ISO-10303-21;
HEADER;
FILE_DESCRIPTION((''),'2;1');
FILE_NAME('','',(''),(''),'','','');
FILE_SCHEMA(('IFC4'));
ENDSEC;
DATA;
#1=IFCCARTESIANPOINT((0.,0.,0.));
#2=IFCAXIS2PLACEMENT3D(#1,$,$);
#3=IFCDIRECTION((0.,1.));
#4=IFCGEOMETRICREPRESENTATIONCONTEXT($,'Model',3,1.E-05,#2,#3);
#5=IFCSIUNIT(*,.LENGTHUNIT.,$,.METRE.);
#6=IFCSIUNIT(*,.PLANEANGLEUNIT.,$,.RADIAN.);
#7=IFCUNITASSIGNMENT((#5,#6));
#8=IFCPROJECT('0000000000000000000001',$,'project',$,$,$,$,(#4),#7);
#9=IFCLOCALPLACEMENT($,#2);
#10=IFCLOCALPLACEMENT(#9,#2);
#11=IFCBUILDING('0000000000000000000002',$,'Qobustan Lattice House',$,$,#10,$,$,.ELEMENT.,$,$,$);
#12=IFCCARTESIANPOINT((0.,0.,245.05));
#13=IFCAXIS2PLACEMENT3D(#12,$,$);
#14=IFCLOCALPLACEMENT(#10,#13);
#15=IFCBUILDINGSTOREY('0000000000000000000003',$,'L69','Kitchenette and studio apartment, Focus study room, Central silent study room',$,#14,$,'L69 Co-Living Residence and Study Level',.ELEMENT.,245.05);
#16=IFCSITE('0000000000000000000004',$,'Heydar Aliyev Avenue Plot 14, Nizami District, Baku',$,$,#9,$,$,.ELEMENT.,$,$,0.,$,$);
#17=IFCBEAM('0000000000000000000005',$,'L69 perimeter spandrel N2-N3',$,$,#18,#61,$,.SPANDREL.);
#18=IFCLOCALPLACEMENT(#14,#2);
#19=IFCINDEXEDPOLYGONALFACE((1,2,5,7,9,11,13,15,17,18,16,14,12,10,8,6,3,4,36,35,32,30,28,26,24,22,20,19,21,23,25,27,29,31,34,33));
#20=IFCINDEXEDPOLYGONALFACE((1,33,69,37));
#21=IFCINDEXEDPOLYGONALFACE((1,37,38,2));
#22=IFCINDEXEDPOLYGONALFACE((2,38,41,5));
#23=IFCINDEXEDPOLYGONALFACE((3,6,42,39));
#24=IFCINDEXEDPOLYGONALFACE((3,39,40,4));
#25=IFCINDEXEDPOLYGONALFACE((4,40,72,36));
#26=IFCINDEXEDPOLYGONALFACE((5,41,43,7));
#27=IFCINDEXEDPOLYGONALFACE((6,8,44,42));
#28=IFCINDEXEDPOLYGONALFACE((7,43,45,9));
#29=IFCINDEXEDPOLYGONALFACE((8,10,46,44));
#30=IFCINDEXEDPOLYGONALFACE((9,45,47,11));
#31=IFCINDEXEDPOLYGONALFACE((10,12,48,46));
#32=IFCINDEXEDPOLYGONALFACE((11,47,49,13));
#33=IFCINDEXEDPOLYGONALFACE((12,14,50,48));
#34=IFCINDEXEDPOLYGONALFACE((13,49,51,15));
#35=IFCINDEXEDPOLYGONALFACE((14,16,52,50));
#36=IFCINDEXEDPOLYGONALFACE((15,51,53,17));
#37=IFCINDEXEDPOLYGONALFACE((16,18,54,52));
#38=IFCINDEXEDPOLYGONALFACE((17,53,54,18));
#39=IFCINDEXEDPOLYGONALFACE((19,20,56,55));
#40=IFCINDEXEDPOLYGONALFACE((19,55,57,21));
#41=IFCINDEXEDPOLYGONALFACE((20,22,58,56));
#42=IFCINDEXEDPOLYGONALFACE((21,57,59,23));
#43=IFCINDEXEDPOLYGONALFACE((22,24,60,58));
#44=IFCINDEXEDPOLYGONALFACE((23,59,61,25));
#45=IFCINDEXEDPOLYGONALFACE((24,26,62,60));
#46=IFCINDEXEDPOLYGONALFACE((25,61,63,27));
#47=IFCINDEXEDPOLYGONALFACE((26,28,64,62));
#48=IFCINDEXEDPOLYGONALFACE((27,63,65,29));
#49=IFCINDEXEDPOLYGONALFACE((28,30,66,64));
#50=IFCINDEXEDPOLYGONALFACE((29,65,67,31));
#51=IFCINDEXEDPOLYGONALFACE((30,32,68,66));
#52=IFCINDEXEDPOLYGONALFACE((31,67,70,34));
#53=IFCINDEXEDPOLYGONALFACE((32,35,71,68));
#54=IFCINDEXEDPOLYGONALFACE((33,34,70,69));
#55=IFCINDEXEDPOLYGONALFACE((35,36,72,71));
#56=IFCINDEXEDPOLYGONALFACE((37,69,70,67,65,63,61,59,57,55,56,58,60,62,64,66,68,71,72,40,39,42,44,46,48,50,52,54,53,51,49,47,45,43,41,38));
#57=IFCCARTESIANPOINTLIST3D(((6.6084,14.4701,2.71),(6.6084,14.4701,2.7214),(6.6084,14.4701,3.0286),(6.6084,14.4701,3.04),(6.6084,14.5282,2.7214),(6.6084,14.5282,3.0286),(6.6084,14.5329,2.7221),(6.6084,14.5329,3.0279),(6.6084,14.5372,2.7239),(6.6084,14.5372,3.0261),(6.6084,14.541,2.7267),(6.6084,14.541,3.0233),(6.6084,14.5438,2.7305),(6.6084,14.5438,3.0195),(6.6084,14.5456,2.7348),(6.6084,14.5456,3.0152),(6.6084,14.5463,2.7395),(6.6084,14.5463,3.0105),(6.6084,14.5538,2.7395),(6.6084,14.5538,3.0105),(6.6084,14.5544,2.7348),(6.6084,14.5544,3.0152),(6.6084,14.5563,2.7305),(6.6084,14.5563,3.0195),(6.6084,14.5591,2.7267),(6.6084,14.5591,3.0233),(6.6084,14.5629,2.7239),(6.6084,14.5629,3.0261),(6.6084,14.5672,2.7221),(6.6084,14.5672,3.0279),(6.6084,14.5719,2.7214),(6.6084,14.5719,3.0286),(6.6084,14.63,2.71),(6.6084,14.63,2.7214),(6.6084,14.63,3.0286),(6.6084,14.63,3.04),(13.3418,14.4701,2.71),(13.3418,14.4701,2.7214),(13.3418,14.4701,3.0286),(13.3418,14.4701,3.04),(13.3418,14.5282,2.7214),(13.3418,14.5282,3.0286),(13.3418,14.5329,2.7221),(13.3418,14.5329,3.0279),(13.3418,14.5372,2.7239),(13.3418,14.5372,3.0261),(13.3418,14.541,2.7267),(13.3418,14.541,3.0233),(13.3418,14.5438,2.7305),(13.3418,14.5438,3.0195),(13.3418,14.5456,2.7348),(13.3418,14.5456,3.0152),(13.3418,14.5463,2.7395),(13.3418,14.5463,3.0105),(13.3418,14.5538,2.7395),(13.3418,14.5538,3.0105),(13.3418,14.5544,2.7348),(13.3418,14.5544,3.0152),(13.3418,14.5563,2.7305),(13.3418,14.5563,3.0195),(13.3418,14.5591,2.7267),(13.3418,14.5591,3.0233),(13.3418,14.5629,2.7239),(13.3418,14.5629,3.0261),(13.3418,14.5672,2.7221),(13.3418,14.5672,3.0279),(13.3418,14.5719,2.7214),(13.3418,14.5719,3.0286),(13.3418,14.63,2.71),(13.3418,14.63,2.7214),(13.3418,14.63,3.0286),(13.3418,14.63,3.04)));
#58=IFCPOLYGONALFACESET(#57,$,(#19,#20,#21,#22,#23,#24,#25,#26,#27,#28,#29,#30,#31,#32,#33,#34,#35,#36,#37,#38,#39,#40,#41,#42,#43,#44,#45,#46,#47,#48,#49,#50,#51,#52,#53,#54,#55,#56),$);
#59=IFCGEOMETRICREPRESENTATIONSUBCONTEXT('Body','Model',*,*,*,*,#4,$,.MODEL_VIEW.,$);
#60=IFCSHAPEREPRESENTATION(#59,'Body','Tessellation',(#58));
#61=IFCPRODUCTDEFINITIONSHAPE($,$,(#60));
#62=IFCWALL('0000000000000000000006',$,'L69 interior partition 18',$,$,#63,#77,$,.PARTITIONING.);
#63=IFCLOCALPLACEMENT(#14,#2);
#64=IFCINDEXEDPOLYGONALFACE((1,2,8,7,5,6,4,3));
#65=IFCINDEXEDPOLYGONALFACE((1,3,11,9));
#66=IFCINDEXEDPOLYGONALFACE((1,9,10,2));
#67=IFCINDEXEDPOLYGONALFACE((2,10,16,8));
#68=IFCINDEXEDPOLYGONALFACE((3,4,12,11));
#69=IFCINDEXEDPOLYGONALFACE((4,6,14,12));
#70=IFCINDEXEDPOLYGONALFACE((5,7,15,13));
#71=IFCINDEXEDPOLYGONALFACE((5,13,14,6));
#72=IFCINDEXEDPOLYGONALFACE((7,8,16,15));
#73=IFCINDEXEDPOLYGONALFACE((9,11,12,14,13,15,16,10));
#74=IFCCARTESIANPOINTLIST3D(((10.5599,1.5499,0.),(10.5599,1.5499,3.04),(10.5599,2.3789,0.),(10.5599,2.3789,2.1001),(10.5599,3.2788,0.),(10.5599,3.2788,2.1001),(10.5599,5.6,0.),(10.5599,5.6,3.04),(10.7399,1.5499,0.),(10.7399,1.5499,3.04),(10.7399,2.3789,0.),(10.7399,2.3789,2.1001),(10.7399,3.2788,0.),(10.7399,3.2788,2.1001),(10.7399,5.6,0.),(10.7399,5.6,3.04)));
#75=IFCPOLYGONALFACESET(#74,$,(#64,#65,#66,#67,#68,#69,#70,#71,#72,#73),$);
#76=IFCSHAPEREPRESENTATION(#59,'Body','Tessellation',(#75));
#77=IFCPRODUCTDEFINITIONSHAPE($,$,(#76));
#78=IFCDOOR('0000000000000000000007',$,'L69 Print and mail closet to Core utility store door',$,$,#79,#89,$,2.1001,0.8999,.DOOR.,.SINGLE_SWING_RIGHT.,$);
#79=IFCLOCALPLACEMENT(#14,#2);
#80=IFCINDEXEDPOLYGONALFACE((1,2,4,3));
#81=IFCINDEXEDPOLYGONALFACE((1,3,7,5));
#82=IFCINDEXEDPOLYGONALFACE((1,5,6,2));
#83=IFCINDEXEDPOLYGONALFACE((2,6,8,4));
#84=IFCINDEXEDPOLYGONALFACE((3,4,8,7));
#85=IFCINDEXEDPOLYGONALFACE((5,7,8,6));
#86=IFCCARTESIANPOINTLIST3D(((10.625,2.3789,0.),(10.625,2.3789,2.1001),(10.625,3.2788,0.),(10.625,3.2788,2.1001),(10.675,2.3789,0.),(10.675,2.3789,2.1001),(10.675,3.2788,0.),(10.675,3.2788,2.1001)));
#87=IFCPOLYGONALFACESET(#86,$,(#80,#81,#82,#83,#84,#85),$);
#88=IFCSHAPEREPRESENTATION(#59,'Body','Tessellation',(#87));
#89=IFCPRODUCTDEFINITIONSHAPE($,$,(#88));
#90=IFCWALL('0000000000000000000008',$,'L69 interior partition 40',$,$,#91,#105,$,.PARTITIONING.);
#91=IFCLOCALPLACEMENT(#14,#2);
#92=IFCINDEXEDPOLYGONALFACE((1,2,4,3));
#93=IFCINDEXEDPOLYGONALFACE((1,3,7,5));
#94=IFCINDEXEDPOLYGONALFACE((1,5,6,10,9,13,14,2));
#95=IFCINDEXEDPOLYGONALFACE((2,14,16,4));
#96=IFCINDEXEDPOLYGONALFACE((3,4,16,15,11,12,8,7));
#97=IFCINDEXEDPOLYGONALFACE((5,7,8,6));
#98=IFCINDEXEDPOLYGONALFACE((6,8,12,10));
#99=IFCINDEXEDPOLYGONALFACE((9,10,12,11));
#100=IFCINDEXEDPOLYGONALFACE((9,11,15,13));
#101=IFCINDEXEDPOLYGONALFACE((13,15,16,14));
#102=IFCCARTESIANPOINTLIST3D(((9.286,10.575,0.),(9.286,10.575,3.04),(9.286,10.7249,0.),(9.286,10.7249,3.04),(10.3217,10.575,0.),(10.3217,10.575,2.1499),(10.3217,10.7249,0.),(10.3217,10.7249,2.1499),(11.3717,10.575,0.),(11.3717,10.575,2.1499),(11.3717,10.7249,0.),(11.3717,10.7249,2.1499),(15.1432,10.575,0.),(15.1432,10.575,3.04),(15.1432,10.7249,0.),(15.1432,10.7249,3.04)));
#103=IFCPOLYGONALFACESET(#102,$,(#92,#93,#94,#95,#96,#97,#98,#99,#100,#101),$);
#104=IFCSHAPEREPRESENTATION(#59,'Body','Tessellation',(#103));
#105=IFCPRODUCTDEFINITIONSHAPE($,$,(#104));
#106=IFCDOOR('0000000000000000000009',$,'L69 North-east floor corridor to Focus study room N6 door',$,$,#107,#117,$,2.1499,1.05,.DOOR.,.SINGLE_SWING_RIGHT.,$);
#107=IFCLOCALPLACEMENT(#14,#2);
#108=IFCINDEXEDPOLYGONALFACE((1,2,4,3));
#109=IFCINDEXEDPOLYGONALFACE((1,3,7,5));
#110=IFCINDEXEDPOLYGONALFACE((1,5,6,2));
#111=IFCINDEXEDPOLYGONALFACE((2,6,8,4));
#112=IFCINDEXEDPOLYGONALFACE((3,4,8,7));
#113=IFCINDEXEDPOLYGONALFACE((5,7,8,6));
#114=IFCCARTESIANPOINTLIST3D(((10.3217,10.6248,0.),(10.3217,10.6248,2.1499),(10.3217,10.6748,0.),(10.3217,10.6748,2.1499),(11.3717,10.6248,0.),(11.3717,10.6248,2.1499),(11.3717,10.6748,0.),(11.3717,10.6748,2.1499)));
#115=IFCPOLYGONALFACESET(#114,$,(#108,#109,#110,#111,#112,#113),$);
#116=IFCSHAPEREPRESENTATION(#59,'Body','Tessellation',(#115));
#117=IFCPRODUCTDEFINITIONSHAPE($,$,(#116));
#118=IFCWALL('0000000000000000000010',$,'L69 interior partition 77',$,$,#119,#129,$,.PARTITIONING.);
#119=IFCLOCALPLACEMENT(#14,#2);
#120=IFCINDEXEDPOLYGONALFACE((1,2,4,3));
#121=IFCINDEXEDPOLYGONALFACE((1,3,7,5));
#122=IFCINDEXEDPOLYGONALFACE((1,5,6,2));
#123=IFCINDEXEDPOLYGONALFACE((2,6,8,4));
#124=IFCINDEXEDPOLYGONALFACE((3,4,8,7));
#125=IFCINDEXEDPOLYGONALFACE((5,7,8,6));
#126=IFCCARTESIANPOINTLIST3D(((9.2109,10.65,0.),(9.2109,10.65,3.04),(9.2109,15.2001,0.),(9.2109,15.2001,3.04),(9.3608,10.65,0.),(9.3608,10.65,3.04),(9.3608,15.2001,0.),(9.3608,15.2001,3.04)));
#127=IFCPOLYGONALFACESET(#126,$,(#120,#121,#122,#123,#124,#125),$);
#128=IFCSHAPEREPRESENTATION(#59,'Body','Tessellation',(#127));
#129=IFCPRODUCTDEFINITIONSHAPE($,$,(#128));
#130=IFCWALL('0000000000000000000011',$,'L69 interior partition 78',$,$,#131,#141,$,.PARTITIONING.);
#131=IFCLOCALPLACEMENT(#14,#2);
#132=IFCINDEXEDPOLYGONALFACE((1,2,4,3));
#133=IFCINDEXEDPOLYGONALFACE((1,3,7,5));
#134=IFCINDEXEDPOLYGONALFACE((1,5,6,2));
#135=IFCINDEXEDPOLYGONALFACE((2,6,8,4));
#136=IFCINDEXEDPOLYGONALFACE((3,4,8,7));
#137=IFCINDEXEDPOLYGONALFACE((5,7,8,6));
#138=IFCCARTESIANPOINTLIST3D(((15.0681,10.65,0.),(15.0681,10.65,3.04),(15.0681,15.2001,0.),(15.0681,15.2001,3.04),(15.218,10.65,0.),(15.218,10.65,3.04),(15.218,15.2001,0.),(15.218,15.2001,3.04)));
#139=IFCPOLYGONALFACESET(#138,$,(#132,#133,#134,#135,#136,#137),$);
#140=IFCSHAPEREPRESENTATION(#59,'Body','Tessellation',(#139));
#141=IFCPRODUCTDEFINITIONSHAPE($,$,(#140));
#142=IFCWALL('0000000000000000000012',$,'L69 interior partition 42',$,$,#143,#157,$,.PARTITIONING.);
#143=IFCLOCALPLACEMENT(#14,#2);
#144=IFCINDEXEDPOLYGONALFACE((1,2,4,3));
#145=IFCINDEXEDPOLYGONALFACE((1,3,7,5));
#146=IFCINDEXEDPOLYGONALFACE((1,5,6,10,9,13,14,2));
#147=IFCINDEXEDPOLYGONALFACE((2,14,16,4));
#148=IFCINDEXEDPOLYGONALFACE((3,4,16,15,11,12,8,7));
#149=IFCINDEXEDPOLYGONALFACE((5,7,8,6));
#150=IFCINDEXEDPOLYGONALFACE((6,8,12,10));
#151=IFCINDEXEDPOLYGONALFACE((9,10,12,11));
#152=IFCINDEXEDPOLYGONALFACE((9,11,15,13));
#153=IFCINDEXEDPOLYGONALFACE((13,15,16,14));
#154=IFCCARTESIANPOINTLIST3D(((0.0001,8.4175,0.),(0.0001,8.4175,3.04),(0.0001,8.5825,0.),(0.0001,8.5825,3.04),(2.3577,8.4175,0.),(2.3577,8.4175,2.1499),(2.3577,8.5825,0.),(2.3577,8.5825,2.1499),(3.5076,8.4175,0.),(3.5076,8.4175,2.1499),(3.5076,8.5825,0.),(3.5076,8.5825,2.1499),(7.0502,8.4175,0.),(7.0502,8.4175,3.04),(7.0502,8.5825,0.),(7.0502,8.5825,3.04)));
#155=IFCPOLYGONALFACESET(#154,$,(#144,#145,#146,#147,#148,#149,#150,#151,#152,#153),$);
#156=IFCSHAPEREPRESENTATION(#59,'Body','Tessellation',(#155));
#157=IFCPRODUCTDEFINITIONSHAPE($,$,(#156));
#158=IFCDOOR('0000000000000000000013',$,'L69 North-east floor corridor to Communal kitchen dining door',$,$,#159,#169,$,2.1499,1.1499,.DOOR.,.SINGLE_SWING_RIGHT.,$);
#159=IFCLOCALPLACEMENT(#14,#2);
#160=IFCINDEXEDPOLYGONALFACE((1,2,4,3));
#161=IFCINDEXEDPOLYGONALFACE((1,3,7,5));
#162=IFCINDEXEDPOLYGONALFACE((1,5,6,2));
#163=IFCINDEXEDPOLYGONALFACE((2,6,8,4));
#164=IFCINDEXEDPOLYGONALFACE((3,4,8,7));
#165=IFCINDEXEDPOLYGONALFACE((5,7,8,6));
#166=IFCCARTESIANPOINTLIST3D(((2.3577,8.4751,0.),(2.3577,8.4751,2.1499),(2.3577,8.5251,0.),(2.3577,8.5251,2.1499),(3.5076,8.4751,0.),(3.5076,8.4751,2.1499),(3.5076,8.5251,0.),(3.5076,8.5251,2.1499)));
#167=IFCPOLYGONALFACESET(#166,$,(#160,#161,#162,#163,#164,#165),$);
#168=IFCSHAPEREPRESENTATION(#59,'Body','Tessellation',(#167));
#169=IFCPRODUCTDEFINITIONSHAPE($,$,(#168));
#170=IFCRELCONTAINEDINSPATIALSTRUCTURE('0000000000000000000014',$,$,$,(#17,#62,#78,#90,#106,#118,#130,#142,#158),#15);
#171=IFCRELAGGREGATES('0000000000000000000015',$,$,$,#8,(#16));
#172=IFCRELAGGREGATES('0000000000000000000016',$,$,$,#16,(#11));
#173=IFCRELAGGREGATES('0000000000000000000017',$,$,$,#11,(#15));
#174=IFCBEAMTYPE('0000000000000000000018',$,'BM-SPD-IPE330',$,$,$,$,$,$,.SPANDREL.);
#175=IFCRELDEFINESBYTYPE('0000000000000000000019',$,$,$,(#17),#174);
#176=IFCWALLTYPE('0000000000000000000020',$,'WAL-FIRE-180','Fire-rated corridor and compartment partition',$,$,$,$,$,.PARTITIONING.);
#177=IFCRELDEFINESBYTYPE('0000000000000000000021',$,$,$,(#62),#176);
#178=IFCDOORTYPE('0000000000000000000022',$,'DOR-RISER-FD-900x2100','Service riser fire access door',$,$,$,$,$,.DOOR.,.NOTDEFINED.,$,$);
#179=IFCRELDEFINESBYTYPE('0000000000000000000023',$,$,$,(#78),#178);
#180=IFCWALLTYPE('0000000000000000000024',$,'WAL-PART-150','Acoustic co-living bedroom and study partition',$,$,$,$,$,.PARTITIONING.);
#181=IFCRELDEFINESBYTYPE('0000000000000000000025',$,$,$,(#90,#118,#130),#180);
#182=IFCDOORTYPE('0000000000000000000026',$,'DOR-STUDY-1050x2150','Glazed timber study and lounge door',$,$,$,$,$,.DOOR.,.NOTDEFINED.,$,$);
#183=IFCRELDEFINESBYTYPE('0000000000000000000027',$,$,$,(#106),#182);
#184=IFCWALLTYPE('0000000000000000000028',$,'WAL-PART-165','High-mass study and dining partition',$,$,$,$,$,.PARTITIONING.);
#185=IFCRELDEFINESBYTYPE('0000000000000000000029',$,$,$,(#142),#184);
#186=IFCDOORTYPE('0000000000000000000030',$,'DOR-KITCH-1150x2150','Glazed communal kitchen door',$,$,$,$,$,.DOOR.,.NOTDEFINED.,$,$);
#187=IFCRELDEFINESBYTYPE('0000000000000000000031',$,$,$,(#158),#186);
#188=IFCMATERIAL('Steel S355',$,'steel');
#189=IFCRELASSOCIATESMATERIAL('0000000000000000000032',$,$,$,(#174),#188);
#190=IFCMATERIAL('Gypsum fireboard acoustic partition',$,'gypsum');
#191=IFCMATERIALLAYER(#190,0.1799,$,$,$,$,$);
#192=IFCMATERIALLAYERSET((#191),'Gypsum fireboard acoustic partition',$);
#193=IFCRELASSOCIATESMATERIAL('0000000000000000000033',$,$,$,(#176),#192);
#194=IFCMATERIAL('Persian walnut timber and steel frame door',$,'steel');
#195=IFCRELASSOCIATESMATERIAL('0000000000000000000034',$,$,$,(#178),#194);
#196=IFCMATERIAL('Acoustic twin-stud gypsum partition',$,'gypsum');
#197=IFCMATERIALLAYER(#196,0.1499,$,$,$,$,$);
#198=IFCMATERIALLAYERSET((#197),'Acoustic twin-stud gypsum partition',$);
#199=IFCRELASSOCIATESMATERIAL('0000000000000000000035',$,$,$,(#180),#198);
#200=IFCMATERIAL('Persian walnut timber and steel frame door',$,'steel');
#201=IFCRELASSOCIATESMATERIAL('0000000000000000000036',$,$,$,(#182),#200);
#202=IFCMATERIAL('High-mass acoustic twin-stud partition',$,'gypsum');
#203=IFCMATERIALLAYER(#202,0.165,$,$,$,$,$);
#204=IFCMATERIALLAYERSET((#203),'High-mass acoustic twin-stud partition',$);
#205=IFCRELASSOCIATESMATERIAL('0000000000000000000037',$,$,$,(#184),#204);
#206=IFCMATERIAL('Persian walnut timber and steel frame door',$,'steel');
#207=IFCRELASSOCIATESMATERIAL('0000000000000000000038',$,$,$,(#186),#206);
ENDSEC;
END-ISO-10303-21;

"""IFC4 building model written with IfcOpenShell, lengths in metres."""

from ifc_helpers import new_model, si_unit, direction, frame, frame_2d, origin, origin_2d, place, context, subcontext, project, spatial, rectangle, i_section, extrude, material, layer, layer_set, material_profile, profile_set, type_object, element, fill, save


model = new_model("IFC4")

# Units and contexts
model_context = context("Model", 3, precision=1e-05, world=origin(), true_north=direction((0.0, 1.0)))
body_context = subcontext(model_context, "Body", "Model", "MODEL_VIEW")
ifc_project = project(units=[si_unit("LENGTHUNIT", "METRE"), si_unit("PLANEANGLEUNIT", "RADIAN")], contexts=[model_context])

# Site, building, storey
site_placement = place(None, origin())
site = spatial("IfcSite", under=ifc_project, at=site_placement, Name="Heydar Aliyev Avenue Plot 14, Nizami District, Baku", CompositionType="ELEMENT", RefElevation=0.0)
building_placement = place(site_placement, origin())
building = spatial("IfcBuilding", under=site, at=building_placement, Name="Qobustan Lattice House", CompositionType="ELEMENT")
storey_placement = place(building_placement, frame((0.0, 0.0, 245.05)))
storey = spatial("IfcBuildingStorey", under=building, at=storey_placement, Name="L69", Description="Kitchenette and studio apartment, Focus study room, Central silent study room", LongName="L69 Co-Living Residence and Study Level", CompositionType="ELEMENT", Elevation=245.05)

# Beam
ifc_material_1 = material(Name="Steel S355", Category="steel")
ifc_material_profile_1 = material_profile(ifc_material_1, i_section(OverallWidth=0.1599, OverallDepth=0.3301, WebThickness=0.0076, FlangeThickness=0.0115, FilletRadius=0.0181, at=origin_2d()), Name="IPE330")
ifc_profile_set_1 = profile_set([ifc_material_profile_1], Name="Steel S355")
beam_type_1 = type_object("IfcBeamType", Name="BM-SPD-IPE330", PredefinedType="SPANDREL", material=ifc_profile_set_1)
beam_1_placement = place(storey_placement, frame((13.3418, 14.55, 2.875), z_axis=(-1.0, 0.0, 0.0), x_axis=(0.0, -1.0, 0.0)))
element("IfcBeam", 1, at=beam_1_placement, inside=storey, type_object=beam_type_1, Name="L69 perimeter spandrel N2-N3", PredefinedType="SPANDREL", context=body_context, shape_type="SweptSolid", body=[
    extrude(i_section(OverallWidth=0.1599, OverallDepth=0.3301, WebThickness=0.0076, FlangeThickness=0.0115, FilletRadius=0.0181, at=origin_2d()), origin(), (0.0, 0.0, 1.0), 6.7334),
])

# Walls, openings, doors
ifc_material_2 = material(Name="Gypsum fireboard acoustic partition", Category="gypsum")
ifc_layer_1 = layer(ifc_material_2, 0.1799)
ifc_layer_set_1 = layer_set([ifc_layer_1], Name="Gypsum fireboard acoustic partition")
wall_type_1 = type_object("IfcWallType", Name="WAL-FIRE-180", Description="Fire-rated corridor and compartment partition", PredefinedType="PARTITIONING", material=ifc_layer_set_1)
wall_1_placement = place(storey_placement, frame((10.6499, 1.55, 0.0), z_axis=(0.0, 0.0, 1.0), x_axis=(0.0, 1.0, 0.0)))
wall_1 = element("IfcWall", 2, at=wall_1_placement, inside=storey, type_object=wall_type_1, Name="L69 interior partition 18", PredefinedType="PARTITIONING", context=body_context, shape_type="SweptSolid", body=[
    extrude(rectangle(XDim=4.05, YDim=0.1799, at=frame_2d((2.0249, 0.0))), origin(), (0.0, 0.0, 1.0), 3.04),
])
opening_1_placement = place(wall_1_placement, frame((0.8289, 0.0, 0.0)))
opening_1 = element("IfcOpeningElement", 3, at=opening_1_placement, cuts=wall_1, PredefinedType="OPENING", context=body_context, shape_type="SweptSolid", body=[
    extrude(rectangle(XDim=0.8999, YDim=2.1001, at=frame_2d((0.45, 1.05))), frame((0.0, 0.0999, 0.0), z_axis=(0.0, -1.0, 0.0), x_axis=(1.0, 0.0, 0.0)), (0.0, 0.0, 1.0), 0.2),
])
ifc_material_3 = material(Name="Persian walnut timber and steel frame door", Category="steel")
door_type_1 = type_object("IfcDoorType", Name="DOR-RISER-FD-900x2100", Description="Service riser fire access door", OperationType="NOTDEFINED", PredefinedType="DOOR", material=ifc_material_3)
door_1_placement = place(opening_1_placement, origin())
door_1 = element("IfcDoor", 4, at=door_1_placement, inside=storey, type_object=door_type_1, Name="L69 Print and mail closet to Core utility store door", OperationType="SINGLE_SWING_RIGHT", OverallHeight=2.1001, OverallWidth=0.8999, PredefinedType="DOOR", context=body_context, shape_type="SweptSolid", body=[
    extrude(rectangle(XDim=0.8999, YDim=2.1001, at=frame_2d((0.45, 1.05))), frame((0.0, 0.0249, 0.0), z_axis=(0.0, -1.0, 0.0), x_axis=(1.0, 0.0, 0.0)), (0.0, 0.0, 1.0), 0.05),
])
fill(opening_1, door_1)
ifc_material_4 = material(Name="Acoustic twin-stud gypsum partition", Category="gypsum")
ifc_layer_2 = layer(ifc_material_4, 0.1499)
ifc_layer_set_2 = layer_set([ifc_layer_2], Name="Acoustic twin-stud gypsum partition")
wall_type_2 = type_object("IfcWallType", Name="WAL-PART-150", Description="Acoustic co-living bedroom and study partition", PredefinedType="PARTITIONING", material=ifc_layer_set_2)
wall_2_placement = place(storey_placement, frame((9.2859, 10.6499, 0.0), z_axis=(0.0, 0.0, 1.0), x_axis=(1.0, 0.0, 0.0)))
wall_2 = element("IfcWall", 5, at=wall_2_placement, inside=storey, type_object=wall_type_2, Name="L69 interior partition 40", PredefinedType="PARTITIONING", context=body_context, shape_type="SweptSolid", body=[
    extrude(rectangle(XDim=5.8572, YDim=0.1499, at=frame_2d((2.9287, 0.0))), origin(), (0.0, 0.0, 1.0), 3.04),
])
opening_2_placement = place(wall_2_placement, frame((1.0359, 0.0, 0.0)))
opening_2 = element("IfcOpeningElement", 6, at=opening_2_placement, cuts=wall_2, PredefinedType="OPENING", context=body_context, shape_type="SweptSolid", body=[
    extrude(rectangle(XDim=1.05, YDim=2.1499, at=frame_2d((0.5249, 1.075))), frame((0.0, 0.085, 0.0), z_axis=(0.0, -1.0, 0.0), x_axis=(1.0, 0.0, 0.0)), (0.0, 0.0, 1.0), 0.1699),
])
ifc_material_5 = material(Name="Persian walnut timber and steel frame door", Category="steel")
door_type_2 = type_object("IfcDoorType", Name="DOR-STUDY-1050x2150", Description="Glazed timber study and lounge door", OperationType="NOTDEFINED", PredefinedType="DOOR", material=ifc_material_5)
door_2_placement = place(opening_2_placement, origin())
door_2 = element("IfcDoor", 7, at=door_2_placement, inside=storey, type_object=door_type_2, Name="L69 North-east floor corridor to Focus study room N6 door", OperationType="SINGLE_SWING_RIGHT", OverallHeight=2.1499, OverallWidth=1.05, PredefinedType="DOOR", context=body_context, shape_type="SweptSolid", body=[
    extrude(rectangle(XDim=1.05, YDim=2.1499, at=frame_2d((0.5249, 1.075))), frame((0.0, 0.0249, 0.0), z_axis=(0.0, -1.0, 0.0), x_axis=(1.0, 0.0, 0.0)), (0.0, 0.0, 1.0), 0.05),
])
fill(opening_2, door_2)

# Walls
for number, where, z_axis, x_axis, name in (
    (8, (9.2859, 15.2, 0.0), (0.0, 0.0, 1.0), (0.0, -1.0, 0.0), "L69 interior partition 77"),
    (9, (15.1431, 15.2, 0.0), (0.0, 0.0, 1.0), (0.0, -1.0, 0.0), "L69 interior partition 78"),
):
    element("IfcWall", number, at=place(storey_placement, frame(where, z_axis=z_axis, x_axis=x_axis)), inside=storey, type_object=wall_type_2, Name=name, PredefinedType="PARTITIONING", context=body_context, shape_type="SweptSolid", body=[
        extrude(rectangle(XDim=4.55, YDim=0.1499, at=frame_2d((2.2749, 0.0))), origin(), (0.0, 0.0, 1.0), 3.04),
    ])

# Wall, opening, door
ifc_material_6 = material(Name="High-mass acoustic twin-stud partition", Category="gypsum")
ifc_layer_3 = layer(ifc_material_6, 0.165)
ifc_layer_set_3 = layer_set([ifc_layer_3], Name="High-mass acoustic twin-stud partition")
wall_type_3 = type_object("IfcWallType", Name="WAL-PART-165", Description="High-mass study and dining partition", PredefinedType="PARTITIONING", material=ifc_layer_set_3)
wall_3_placement = place(storey_placement, frame((7.05, 8.5, 0.0), z_axis=(0.0, 0.0, 1.0), x_axis=(-1.0, 0.0, 0.0)))
wall_3 = element("IfcWall", 10, at=wall_3_placement, inside=storey, type_object=wall_type_3, Name="L69 interior partition 42", PredefinedType="PARTITIONING", context=body_context, shape_type="SweptSolid", body=[
    extrude(rectangle(XDim=7.05, YDim=0.165, at=frame_2d((3.5249, 0.0))), origin(), (0.0, 0.0, 1.0), 3.04),
])
opening_3_placement = place(wall_3_placement, frame((3.5425, 0.0, 0.0)))
opening_3 = element("IfcOpeningElement", 11, at=opening_3_placement, cuts=wall_3, PredefinedType="OPENING", context=body_context, shape_type="SweptSolid", body=[
    extrude(rectangle(XDim=1.1499, YDim=2.1499, at=frame_2d((0.575, 1.075))), frame((0.0, 0.0925, 0.0), z_axis=(0.0, -1.0, 0.0), x_axis=(1.0, 0.0, 0.0)), (0.0, 0.0, 1.0), 0.1851),
])
ifc_material_7 = material(Name="Persian walnut timber and steel frame door", Category="steel")
door_type_3 = type_object("IfcDoorType", Name="DOR-KITCH-1150x2150", Description="Glazed communal kitchen door", OperationType="NOTDEFINED", PredefinedType="DOOR", material=ifc_material_7)
door_3_placement = place(opening_3_placement, origin())
door_3 = element("IfcDoor", 12, at=door_3_placement, inside=storey, type_object=door_type_3, Name="L69 North-east floor corridor to Communal kitchen dining door", OperationType="SINGLE_SWING_RIGHT", OverallHeight=2.1499, OverallWidth=1.1499, PredefinedType="DOOR", context=body_context, shape_type="SweptSolid", body=[
    extrude(rectangle(XDim=1.1499, YDim=2.1499, at=frame_2d((0.575, 1.075))), frame((0.0, 0.0249, 0.0), z_axis=(0.0, -1.0, 0.0), x_axis=(1.0, 0.0, 0.0)), (0.0, 0.0, 1.0), 0.05),
])
fill(opening_3, door_3)

save(model, "model.ifc")
